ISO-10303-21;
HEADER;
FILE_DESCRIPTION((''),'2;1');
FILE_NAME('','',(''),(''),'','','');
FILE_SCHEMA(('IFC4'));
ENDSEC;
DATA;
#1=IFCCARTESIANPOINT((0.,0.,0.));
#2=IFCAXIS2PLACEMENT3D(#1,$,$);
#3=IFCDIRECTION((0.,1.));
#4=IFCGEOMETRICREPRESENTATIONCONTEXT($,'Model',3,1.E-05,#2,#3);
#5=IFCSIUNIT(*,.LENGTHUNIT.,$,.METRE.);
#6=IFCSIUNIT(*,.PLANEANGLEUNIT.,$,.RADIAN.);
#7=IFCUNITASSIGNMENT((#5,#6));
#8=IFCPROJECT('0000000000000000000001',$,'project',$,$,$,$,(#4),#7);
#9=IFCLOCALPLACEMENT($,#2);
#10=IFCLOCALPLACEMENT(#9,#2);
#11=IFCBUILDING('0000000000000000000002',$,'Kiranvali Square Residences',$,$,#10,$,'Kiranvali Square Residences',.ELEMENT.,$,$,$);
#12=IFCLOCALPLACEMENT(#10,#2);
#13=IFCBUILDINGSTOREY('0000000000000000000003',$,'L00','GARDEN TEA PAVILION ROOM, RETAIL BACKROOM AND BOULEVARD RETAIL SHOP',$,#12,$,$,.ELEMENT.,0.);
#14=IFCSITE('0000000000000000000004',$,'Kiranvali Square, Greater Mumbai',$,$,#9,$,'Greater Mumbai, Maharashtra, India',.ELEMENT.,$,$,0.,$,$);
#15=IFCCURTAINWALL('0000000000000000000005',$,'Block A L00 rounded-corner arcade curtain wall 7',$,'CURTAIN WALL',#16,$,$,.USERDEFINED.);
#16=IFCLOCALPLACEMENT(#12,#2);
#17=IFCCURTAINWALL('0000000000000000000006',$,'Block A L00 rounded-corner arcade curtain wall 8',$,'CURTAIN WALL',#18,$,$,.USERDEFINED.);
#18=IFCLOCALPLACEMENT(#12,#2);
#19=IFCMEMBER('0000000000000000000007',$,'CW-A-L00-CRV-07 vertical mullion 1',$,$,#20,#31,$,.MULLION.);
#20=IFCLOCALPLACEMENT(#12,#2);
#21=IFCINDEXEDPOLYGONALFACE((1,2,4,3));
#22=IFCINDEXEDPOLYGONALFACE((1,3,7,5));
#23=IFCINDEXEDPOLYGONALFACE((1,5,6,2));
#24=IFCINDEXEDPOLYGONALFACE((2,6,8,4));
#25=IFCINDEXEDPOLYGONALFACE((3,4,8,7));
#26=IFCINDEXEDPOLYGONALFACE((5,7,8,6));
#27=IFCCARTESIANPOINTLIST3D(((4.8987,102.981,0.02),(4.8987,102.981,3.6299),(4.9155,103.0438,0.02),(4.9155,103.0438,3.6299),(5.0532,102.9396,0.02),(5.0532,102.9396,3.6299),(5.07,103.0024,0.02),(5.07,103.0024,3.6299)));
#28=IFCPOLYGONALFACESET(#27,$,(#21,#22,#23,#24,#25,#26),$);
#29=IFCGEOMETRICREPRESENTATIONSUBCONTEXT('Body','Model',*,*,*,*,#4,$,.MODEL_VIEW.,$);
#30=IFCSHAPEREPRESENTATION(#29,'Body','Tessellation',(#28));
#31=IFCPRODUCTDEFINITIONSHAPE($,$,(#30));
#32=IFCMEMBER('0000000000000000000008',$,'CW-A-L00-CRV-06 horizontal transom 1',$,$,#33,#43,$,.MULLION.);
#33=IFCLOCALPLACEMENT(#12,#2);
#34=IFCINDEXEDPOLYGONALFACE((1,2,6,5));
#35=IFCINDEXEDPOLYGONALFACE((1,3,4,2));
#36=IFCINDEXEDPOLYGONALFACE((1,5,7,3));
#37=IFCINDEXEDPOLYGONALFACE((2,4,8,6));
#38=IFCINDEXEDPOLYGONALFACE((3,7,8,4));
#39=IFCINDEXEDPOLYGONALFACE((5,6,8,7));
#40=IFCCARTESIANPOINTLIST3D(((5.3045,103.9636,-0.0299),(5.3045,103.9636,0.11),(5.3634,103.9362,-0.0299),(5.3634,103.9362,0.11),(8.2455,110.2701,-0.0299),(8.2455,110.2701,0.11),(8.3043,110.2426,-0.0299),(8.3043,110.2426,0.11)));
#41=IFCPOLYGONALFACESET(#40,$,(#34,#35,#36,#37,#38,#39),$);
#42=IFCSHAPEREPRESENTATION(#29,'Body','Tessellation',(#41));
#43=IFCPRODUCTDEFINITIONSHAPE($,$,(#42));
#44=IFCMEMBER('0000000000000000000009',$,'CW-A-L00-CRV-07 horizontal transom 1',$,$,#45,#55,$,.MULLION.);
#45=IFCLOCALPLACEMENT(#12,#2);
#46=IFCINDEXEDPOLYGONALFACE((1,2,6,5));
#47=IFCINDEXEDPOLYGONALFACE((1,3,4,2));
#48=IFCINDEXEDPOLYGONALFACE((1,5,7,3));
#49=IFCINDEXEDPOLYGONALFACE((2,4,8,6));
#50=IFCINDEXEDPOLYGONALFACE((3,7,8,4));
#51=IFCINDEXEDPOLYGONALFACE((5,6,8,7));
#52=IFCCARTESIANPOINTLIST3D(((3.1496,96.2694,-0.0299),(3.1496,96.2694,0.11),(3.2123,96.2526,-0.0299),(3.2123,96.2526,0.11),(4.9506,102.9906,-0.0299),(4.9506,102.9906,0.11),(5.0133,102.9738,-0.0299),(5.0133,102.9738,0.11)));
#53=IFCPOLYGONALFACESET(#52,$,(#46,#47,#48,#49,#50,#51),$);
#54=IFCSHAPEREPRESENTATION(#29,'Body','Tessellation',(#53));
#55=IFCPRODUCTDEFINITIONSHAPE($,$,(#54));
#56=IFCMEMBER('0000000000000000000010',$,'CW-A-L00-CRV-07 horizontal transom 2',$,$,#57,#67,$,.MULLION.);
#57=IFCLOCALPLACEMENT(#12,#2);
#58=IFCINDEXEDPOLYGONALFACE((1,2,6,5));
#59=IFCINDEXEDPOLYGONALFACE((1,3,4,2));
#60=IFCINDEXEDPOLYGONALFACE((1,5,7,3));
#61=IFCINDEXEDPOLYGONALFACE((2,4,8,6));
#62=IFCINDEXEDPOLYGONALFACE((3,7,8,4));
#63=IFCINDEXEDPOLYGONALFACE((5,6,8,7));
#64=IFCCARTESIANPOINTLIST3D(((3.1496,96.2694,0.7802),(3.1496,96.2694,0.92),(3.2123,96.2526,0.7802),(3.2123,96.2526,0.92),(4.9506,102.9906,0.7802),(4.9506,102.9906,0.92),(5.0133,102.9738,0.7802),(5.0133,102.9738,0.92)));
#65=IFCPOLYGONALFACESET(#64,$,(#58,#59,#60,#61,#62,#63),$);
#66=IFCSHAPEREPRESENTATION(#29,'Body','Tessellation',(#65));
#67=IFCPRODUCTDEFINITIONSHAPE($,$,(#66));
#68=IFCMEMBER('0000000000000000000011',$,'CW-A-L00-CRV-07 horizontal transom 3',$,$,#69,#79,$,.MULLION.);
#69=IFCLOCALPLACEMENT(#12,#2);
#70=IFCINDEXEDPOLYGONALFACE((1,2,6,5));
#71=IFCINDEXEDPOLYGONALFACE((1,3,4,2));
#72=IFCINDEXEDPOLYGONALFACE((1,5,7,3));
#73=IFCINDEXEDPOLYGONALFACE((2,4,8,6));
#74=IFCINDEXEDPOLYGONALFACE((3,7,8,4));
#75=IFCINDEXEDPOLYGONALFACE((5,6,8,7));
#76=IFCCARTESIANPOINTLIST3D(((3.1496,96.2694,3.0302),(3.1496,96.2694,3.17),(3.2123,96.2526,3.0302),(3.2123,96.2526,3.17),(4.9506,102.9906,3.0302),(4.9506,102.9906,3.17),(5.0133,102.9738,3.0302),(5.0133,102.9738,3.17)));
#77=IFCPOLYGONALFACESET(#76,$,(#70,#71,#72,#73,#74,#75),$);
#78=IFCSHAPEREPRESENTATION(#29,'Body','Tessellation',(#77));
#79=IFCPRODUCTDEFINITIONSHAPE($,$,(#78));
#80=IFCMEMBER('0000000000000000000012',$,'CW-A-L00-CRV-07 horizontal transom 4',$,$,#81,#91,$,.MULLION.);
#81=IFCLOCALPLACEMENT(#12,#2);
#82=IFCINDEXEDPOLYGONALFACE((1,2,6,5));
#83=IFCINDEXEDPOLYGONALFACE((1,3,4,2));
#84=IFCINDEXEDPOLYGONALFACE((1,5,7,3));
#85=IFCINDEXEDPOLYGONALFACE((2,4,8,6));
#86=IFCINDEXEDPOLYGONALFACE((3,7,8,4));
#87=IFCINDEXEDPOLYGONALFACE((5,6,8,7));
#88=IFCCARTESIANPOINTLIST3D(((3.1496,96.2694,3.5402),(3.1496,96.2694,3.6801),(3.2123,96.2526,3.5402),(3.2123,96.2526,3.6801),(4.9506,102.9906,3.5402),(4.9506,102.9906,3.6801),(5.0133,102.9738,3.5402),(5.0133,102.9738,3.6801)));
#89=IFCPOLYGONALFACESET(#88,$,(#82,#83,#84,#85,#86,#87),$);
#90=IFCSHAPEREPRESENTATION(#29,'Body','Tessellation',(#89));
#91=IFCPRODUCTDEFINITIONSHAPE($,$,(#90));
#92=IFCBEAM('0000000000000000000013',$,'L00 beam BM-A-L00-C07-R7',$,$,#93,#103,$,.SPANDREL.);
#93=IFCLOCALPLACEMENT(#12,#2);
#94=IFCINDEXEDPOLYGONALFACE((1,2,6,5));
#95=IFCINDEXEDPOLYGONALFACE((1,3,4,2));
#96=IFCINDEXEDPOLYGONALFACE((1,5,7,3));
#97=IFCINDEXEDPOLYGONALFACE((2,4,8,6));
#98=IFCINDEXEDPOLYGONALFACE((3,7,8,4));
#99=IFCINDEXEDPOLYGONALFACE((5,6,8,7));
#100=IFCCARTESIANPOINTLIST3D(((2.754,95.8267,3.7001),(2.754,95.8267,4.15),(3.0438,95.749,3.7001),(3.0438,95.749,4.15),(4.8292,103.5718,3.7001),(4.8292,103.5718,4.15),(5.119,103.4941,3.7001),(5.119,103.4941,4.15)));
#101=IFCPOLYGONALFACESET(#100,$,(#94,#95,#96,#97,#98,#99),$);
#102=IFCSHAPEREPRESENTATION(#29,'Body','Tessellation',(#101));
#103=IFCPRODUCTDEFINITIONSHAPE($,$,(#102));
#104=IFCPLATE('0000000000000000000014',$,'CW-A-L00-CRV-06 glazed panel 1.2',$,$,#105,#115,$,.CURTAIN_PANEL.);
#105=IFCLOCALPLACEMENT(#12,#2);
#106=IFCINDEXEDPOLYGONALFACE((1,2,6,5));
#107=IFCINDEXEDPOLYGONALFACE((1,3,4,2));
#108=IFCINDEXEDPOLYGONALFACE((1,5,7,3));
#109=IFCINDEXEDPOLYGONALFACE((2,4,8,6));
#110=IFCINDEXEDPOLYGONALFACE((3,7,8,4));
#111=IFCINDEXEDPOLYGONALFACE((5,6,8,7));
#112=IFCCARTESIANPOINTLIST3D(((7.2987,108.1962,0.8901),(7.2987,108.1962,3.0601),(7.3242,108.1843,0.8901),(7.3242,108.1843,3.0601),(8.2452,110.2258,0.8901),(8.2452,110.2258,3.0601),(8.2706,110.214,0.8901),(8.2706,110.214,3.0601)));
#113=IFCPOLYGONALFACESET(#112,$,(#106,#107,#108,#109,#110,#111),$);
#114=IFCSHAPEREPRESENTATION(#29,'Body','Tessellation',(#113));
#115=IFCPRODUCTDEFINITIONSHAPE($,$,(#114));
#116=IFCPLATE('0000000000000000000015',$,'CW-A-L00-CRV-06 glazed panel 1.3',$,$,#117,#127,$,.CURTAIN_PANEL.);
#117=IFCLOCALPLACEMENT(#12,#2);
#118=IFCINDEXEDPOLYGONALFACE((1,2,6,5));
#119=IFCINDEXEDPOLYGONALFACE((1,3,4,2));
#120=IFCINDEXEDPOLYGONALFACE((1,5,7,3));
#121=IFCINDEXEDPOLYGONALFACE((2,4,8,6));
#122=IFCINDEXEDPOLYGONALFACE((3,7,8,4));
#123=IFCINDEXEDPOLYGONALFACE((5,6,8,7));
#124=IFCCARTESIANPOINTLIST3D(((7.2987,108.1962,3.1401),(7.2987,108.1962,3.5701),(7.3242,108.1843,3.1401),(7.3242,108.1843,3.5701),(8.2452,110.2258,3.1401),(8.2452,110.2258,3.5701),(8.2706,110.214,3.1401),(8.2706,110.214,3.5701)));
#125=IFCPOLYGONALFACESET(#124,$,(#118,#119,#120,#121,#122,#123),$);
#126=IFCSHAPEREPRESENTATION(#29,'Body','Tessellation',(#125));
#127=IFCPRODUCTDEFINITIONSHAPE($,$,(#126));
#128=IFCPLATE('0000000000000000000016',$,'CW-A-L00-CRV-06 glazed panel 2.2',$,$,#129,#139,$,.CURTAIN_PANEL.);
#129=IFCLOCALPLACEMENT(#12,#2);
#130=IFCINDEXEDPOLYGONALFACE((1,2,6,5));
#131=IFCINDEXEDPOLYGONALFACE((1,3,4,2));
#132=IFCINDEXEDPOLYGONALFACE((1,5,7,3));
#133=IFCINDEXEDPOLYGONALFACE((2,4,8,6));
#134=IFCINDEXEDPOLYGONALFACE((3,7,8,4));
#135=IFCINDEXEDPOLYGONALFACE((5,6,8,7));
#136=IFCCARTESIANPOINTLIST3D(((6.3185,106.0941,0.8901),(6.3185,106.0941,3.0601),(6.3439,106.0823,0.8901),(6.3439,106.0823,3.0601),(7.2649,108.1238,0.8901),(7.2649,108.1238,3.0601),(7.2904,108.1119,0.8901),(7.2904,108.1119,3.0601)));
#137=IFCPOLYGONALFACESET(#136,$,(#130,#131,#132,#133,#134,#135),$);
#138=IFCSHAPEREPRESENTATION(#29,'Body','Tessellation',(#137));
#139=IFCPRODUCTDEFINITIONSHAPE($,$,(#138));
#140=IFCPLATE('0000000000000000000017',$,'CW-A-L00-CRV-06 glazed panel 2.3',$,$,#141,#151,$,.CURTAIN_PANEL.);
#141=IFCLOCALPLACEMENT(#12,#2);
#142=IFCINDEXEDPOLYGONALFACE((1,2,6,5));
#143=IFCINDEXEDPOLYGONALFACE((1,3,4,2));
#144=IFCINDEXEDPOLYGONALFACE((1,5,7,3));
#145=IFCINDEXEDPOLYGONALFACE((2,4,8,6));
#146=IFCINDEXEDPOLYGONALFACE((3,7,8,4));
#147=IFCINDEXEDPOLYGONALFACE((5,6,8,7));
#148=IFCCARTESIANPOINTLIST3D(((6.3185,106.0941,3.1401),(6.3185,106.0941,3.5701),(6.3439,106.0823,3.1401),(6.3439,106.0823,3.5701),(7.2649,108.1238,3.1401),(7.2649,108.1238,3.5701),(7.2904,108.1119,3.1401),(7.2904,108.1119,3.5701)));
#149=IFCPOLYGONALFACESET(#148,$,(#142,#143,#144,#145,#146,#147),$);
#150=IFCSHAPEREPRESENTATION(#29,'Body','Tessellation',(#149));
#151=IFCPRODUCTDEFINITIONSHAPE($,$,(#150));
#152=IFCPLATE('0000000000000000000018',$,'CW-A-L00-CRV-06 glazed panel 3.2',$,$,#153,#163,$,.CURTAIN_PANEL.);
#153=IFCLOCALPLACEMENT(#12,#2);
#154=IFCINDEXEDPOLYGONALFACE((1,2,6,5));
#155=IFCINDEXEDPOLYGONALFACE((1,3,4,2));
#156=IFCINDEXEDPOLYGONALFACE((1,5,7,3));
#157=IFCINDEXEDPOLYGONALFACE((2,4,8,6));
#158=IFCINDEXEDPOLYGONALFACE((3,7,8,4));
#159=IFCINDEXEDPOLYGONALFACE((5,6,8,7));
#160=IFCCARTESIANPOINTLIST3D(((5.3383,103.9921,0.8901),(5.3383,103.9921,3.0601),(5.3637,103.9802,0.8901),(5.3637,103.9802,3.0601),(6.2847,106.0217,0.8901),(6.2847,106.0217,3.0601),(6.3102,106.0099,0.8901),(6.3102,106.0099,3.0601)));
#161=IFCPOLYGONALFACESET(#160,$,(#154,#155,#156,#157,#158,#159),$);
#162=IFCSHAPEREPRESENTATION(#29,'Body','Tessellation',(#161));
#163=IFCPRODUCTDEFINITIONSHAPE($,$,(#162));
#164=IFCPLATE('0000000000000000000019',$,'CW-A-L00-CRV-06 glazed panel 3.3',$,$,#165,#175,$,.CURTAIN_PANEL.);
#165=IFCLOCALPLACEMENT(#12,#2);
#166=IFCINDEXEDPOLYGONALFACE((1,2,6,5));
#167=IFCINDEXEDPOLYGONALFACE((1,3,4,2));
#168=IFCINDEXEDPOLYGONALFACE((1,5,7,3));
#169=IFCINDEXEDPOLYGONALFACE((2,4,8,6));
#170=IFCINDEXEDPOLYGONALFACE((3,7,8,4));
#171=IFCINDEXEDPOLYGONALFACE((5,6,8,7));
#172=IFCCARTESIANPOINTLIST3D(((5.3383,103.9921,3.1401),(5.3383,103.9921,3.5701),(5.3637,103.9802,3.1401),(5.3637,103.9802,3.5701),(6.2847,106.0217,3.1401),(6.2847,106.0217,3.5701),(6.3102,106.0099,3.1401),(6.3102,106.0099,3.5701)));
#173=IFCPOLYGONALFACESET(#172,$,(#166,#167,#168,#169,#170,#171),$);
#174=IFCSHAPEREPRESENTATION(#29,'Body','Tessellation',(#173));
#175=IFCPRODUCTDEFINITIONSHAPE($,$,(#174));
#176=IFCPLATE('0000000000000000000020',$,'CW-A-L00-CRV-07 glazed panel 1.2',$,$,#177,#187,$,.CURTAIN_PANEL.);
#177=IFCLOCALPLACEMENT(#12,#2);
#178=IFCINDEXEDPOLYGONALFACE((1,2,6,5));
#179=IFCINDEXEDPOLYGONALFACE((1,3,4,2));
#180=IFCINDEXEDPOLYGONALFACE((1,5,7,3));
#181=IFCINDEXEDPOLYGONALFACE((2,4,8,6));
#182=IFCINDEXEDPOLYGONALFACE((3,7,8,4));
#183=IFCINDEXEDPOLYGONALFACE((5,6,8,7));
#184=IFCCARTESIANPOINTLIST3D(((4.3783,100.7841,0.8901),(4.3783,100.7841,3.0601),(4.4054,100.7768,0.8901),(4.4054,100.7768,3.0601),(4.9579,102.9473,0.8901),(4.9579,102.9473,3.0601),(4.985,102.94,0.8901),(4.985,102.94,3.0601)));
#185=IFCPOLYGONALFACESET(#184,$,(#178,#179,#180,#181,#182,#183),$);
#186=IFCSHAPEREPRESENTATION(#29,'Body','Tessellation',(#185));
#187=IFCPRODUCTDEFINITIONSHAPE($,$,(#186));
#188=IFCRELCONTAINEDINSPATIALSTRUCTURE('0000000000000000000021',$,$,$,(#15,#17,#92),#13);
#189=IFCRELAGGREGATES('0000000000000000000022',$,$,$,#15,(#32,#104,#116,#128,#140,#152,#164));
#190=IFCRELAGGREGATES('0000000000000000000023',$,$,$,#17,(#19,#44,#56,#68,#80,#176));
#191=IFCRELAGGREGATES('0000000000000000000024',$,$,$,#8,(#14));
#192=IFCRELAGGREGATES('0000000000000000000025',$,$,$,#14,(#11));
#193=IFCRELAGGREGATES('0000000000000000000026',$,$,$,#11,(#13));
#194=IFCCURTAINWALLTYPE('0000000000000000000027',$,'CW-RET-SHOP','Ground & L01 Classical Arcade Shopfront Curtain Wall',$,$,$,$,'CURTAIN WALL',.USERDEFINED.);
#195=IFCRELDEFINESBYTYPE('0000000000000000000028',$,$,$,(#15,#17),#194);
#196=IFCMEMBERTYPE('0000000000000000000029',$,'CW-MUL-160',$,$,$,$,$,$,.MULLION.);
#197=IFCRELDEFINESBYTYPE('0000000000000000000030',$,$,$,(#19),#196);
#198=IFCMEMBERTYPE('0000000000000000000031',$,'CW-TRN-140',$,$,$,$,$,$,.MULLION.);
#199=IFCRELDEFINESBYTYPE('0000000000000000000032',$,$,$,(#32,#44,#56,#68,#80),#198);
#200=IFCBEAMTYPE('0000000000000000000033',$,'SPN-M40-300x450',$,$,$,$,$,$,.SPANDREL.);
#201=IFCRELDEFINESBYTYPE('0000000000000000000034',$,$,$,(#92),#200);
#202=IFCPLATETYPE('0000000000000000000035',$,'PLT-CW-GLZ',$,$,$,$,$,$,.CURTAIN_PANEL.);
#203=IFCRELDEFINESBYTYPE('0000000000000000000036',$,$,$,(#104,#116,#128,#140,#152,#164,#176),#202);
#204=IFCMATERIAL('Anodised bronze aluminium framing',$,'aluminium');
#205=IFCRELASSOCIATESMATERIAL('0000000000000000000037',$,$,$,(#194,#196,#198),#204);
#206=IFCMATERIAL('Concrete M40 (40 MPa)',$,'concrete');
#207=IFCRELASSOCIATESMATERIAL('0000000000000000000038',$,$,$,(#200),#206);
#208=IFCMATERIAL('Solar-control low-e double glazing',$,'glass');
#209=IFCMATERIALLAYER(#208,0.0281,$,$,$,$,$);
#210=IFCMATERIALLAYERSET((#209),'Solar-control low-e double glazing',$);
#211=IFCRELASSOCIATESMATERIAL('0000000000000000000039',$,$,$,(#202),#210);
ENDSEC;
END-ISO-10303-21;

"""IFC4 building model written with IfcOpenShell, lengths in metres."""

from ifc_helpers import new_model, si_unit, direction, frame, origin, origin_2d, place, context, subcontext, project, spatial, rectangle, extrude, material, layer, layer_set, material_profile, profile_set, type_object, element, aggregate, save


model = new_model("IFC4")

# Units and contexts
model_context = context("Model", 3, precision=1e-05, world=origin(), true_north=direction((0.0, 1.0)))
body_context = subcontext(model_context, "Body", "Model", "MODEL_VIEW")
ifc_project = project(units=[si_unit("LENGTHUNIT", "METRE"), si_unit("PLANEANGLEUNIT", "RADIAN")], contexts=[model_context])

# Site, building, storey
site_placement = place(None, origin())
site = spatial("IfcSite", under=ifc_project, at=site_placement, Name="Kiranvali Square, Greater Mumbai", LongName="Greater Mumbai, Maharashtra, India", CompositionType="ELEMENT", RefElevation=0.0)
building_placement = place(site_placement, origin())
building = spatial("IfcBuilding", under=site, at=building_placement, Name="Kiranvali Square Residences", LongName="Kiranvali Square Residences", CompositionType="ELEMENT")
storey_placement = place(building_placement, origin())
storey = spatial("IfcBuildingStorey", under=building, at=storey_placement, Name="L00", Description="GARDEN TEA PAVILION ROOM, RETAIL BACKROOM AND BOULEVARD RETAIL SHOP", CompositionType="ELEMENT", Elevation=0.0)

# Curtain wall
ifc_material_1 = material(Name="Anodised bronze aluminium framing", Category="aluminium")
curtain_wall_type = type_object("IfcCurtainWallType", Name="CW-RET-SHOP", Description="Ground & L01 Classical Arcade Shopfront Curtain Wall", ElementType="CURTAIN WALL", PredefinedType="USERDEFINED", material=ifc_material_1)
curtain_wall_1_placement = place(storey_placement, origin())
curtain_wall_1 = element("IfcCurtainWall", 1, at=curtain_wall_1_placement, inside=storey, type_object=curtain_wall_type, Name="Block A L00 rounded-corner arcade curtain wall 7", ObjectType="CURTAIN WALL", PredefinedType="USERDEFINED")
ifc_material_profile_1 = material_profile(ifc_material_1, rectangle(XDim=0.0649, YDim=0.1599, at=origin_2d()), Name="ALU 65x160")
ifc_profile_set_1 = profile_set([ifc_material_profile_1], Name="Anodised bronze aluminium framing")
member_type_1 = type_object("IfcMemberType", Name="CW-MUL-160", PredefinedType="MULLION", material=ifc_profile_set_1)

# Curtain wall, member
curtain_wall_2_placement = place(storey_placement, origin())
curtain_wall_2 = element("IfcCurtainWall", 2, at=curtain_wall_2_placement, inside=storey, type_object=curtain_wall_type, Name="Block A L00 rounded-corner arcade curtain wall 8", ObjectType="CURTAIN WALL", PredefinedType="USERDEFINED")
member_1_placement = place(storey_placement, frame((4.9844, 102.9917, 0.02), z_axis=(0.0, 0.0, 1.0), x_axis=(-0.258819, -0.965926, 0.0)))
member_1 = element("IfcMember", 3, at=member_1_placement, type_object=member_type_1, Name="CW-A-L00-CRV-07 vertical mullion 1", PredefinedType="MULLION", context=body_context, shape_type="SweptSolid", body=[
    extrude(rectangle(XDim=0.0649, YDim=0.1599, at=origin_2d()), origin(), (0.0, 0.0, 1.0), 3.6099),
])

# Members
ifc_material_profile_2 = material_profile(ifc_material_1, rectangle(XDim=0.0649, YDim=0.1399, at=origin_2d()), Name="ALU 65x140")
ifc_profile_set_2 = profile_set([ifc_material_profile_2], Name="Anodised bronze aluminium framing")
member_type_2 = type_object("IfcMemberType", Name="CW-TRN-140", PredefinedType="MULLION", material=ifc_profile_set_2)
member_2_placement = place(storey_placement, frame((8.2749, 110.2563, 0.04), z_axis=(-0.422642, -0.906297, 0.0), x_axis=(0.906297, -0.422642, 0.0)))
member_2 = element("IfcMember", 4, at=member_2_placement, type_object=member_type_2, Name="CW-A-L00-CRV-06 horizontal transom 1", PredefinedType="MULLION", context=body_context, shape_type="SweptSolid", body=[
    extrude(rectangle(XDim=0.0649, YDim=0.1399, at=origin_2d()), origin(), (0.0, 0.0, 1.0), 6.9585),
])
member_3_placement = place(storey_placement, frame((4.9819, 102.9822, 0.04), z_axis=(-0.258831, -0.965923, 0.0), x_axis=(0.965923, -0.258831, 0.0)))
member_3 = element("IfcMember", 5, at=member_3_placement, type_object=member_type_2, Name="CW-A-L00-CRV-07 horizontal transom 1", PredefinedType="MULLION", context=body_context, shape_type="SweptSolid", body=[
    extrude(rectangle(XDim=0.0649, YDim=0.1399, at=origin_2d()), origin(), (0.0, 0.0, 1.0), 6.9583),
])
member_4_placement = place(storey_placement, frame((4.9819, 102.9822, 0.8501), z_axis=(-0.258831, -0.965923, 0.0), x_axis=(0.965923, -0.258831, 0.0)))
member_4 = element("IfcMember", 6, at=member_4_placement, type_object=member_type_2, Name="CW-A-L00-CRV-07 horizontal transom 2", PredefinedType="MULLION", context=body_context, shape_type="SweptSolid", body=[
    extrude(rectangle(XDim=0.0649, YDim=0.1399, at=origin_2d()), origin(), (0.0, 0.0, 1.0), 6.9583),
])
member_5_placement = place(storey_placement, frame((4.9819, 102.9822, 3.1001), z_axis=(-0.258831, -0.965923, 0.0), x_axis=(0.965923, -0.258831, 0.0)))
member_5 = element("IfcMember", 7, at=member_5_placement, type_object=member_type_2, Name="CW-A-L00-CRV-07 horizontal transom 3", PredefinedType="MULLION", context=body_context, shape_type="SweptSolid", body=[
    extrude(rectangle(XDim=0.0649, YDim=0.1399, at=origin_2d()), origin(), (0.0, 0.0, 1.0), 6.9583),
])
member_6_placement = place(storey_placement, frame((4.9819, 102.9822, 3.6101), z_axis=(-0.258831, -0.965923, 0.0), x_axis=(0.965923, -0.258831, 0.0)))
member_6 = element("IfcMember", 8, at=member_6_placement, type_object=member_type_2, Name="CW-A-L00-CRV-07 horizontal transom 4", PredefinedType="MULLION", context=body_context, shape_type="SweptSolid", body=[
    extrude(rectangle(XDim=0.0649, YDim=0.1399, at=origin_2d()), origin(), (0.0, 0.0, 1.0), 6.9583),
])

# Beam
ifc_material_2 = material(Name="Concrete M40 (40 MPa)", Category="concrete")
ifc_material_profile_3 = material_profile(ifc_material_2, rectangle(XDim=0.3, YDim=0.45, at=origin_2d()), Name="RC 300x450")
ifc_profile_set_3 = profile_set([ifc_material_profile_3], Name="Concrete M40 (40 MPa)")
beam_type_1 = type_object("IfcBeamType", Name="SPN-M40-300x450", PredefinedType="SPANDREL", material=ifc_profile_set_3)
beam_1_placement = place(storey_placement, frame((4.9741, 103.533, 3.925), z_axis=(-0.258807, -0.965929, 0.0), x_axis=(0.965929, -0.258807, 0.0)))
element("IfcBeam", 9, at=beam_1_placement, inside=storey, type_object=beam_type_1, Name="L00 beam BM-A-L00-C07-R7", PredefinedType="SPANDREL", context=body_context, shape_type="SweptSolid", body=[
    extrude(rectangle(XDim=0.3, YDim=0.45, at=origin_2d()), origin(), (0.0, 0.0, 1.0), 8.0183),
])

# Plates
ifc_material_3 = material(Name="Solar-control low-e double glazing", Category="glass")
ifc_layer_1 = layer(ifc_material_3, 0.0281)
ifc_layer_set_1 = layer_set([ifc_layer_1], Name="Solar-control low-e double glazing")
plate_type_1 = type_object("IfcPlateType", Name="PLT-CW-GLZ", PredefinedType="CURTAIN_PANEL", material=ifc_layer_set_1)
plate_1_placement = place(storey_placement, frame((7.7847, 109.2051, 0.8901), z_axis=(0.0, 0.0, 1.0), x_axis=(-0.422618, -0.906308, 0.0)))
plate_1 = element("IfcPlate", 10, at=plate_1_placement, type_object=plate_type_1, Name="CW-A-L00-CRV-06 glazed panel 1.2", PredefinedType="CURTAIN_PANEL", context=body_context, shape_type="SweptSolid", body=[
    extrude(rectangle(XDim=2.2395, YDim=0.0281, at=origin_2d()), origin(), (0.0, 0.0, 1.0), 2.1699),
])
plate_2_placement = place(storey_placement, frame((7.7847, 109.2051, 3.1401), z_axis=(0.0, 0.0, 1.0), x_axis=(-0.422618, -0.906308, 0.0)))
plate_2 = element("IfcPlate", 11, at=plate_2_placement, type_object=plate_type_1, Name="CW-A-L00-CRV-06 glazed panel 1.3", PredefinedType="CURTAIN_PANEL", context=body_context, shape_type="SweptSolid", body=[
    extrude(rectangle(XDim=2.2395, YDim=0.0281, at=origin_2d()), origin(), (0.0, 0.0, 1.0), 0.4299),
])
plate_3_placement = place(storey_placement, frame((6.8044, 107.103, 0.8901), z_axis=(0.0, 0.0, 1.0), x_axis=(-0.422618, -0.906308, 0.0)))
plate_3 = element("IfcPlate", 12, at=plate_3_placement, type_object=plate_type_1, Name="CW-A-L00-CRV-06 glazed panel 2.2", PredefinedType="CURTAIN_PANEL", context=body_context, shape_type="SweptSolid", body=[
    extrude(rectangle(XDim=2.2395, YDim=0.0281, at=origin_2d()), origin(), (0.0, 0.0, 1.0), 2.1699),
])
plate_4_placement = place(storey_placement, frame((6.8044, 107.103, 3.1401), z_axis=(0.0, 0.0, 1.0), x_axis=(-0.422618, -0.906308, 0.0)))
plate_4 = element("IfcPlate", 13, at=plate_4_placement, type_object=plate_type_1, Name="CW-A-L00-CRV-06 glazed panel 2.3", PredefinedType="CURTAIN_PANEL", context=body_context, shape_type="SweptSolid", body=[
    extrude(rectangle(XDim=2.2395, YDim=0.0281, at=origin_2d()), origin(), (0.0, 0.0, 1.0), 0.4299),
])
plate_5_placement = place(storey_placement, frame((5.8242, 105.001, 0.8901), z_axis=(0.0, 0.0, 1.0), x_axis=(-0.422618, -0.906308, 0.0)))
plate_5 = element("IfcPlate", 14, at=plate_5_placement, type_object=plate_type_1, Name="CW-A-L00-CRV-06 glazed panel 3.2", PredefinedType="CURTAIN_PANEL", context=body_context, shape_type="SweptSolid", body=[
    extrude(rectangle(XDim=2.2395, YDim=0.0281, at=origin_2d()), origin(), (0.0, 0.0, 1.0), 2.1699),
])
plate_6_placement = place(storey_placement, frame((5.8242, 105.001, 3.1401), z_axis=(0.0, 0.0, 1.0), x_axis=(-0.422618, -0.906308, 0.0)))
plate_6 = element("IfcPlate", 15, at=plate_6_placement, type_object=plate_type_1, Name="CW-A-L00-CRV-06 glazed panel 3.3", PredefinedType="CURTAIN_PANEL", context=body_context, shape_type="SweptSolid", body=[
    extrude(rectangle(XDim=2.2395, YDim=0.0281, at=origin_2d()), origin(), (0.0, 0.0, 1.0), 0.4299),
])
plate_7_placement = place(storey_placement, frame((4.6816, 101.8621, 0.8901), z_axis=(0.0, 0.0, 1.0), x_axis=(-0.258819, -0.965926, 0.0)))
plate_7 = element("IfcPlate", 16, at=plate_7_placement, type_object=plate_type_1, Name="CW-A-L00-CRV-07 glazed panel 1.2", PredefinedType="CURTAIN_PANEL", context=body_context, shape_type="SweptSolid", body=[
    extrude(rectangle(XDim=2.2395, YDim=0.0281, at=origin_2d()), origin(), (0.0, 0.0, 1.0), 2.1699),
])
aggregate(curtain_wall_1, [member_2, plate_1, plate_2, plate_3, plate_4, plate_5, plate_6])
aggregate(curtain_wall_2, [member_1, member_3, member_4, member_5, member_6, plate_7])

save(model, "model.ifc")
